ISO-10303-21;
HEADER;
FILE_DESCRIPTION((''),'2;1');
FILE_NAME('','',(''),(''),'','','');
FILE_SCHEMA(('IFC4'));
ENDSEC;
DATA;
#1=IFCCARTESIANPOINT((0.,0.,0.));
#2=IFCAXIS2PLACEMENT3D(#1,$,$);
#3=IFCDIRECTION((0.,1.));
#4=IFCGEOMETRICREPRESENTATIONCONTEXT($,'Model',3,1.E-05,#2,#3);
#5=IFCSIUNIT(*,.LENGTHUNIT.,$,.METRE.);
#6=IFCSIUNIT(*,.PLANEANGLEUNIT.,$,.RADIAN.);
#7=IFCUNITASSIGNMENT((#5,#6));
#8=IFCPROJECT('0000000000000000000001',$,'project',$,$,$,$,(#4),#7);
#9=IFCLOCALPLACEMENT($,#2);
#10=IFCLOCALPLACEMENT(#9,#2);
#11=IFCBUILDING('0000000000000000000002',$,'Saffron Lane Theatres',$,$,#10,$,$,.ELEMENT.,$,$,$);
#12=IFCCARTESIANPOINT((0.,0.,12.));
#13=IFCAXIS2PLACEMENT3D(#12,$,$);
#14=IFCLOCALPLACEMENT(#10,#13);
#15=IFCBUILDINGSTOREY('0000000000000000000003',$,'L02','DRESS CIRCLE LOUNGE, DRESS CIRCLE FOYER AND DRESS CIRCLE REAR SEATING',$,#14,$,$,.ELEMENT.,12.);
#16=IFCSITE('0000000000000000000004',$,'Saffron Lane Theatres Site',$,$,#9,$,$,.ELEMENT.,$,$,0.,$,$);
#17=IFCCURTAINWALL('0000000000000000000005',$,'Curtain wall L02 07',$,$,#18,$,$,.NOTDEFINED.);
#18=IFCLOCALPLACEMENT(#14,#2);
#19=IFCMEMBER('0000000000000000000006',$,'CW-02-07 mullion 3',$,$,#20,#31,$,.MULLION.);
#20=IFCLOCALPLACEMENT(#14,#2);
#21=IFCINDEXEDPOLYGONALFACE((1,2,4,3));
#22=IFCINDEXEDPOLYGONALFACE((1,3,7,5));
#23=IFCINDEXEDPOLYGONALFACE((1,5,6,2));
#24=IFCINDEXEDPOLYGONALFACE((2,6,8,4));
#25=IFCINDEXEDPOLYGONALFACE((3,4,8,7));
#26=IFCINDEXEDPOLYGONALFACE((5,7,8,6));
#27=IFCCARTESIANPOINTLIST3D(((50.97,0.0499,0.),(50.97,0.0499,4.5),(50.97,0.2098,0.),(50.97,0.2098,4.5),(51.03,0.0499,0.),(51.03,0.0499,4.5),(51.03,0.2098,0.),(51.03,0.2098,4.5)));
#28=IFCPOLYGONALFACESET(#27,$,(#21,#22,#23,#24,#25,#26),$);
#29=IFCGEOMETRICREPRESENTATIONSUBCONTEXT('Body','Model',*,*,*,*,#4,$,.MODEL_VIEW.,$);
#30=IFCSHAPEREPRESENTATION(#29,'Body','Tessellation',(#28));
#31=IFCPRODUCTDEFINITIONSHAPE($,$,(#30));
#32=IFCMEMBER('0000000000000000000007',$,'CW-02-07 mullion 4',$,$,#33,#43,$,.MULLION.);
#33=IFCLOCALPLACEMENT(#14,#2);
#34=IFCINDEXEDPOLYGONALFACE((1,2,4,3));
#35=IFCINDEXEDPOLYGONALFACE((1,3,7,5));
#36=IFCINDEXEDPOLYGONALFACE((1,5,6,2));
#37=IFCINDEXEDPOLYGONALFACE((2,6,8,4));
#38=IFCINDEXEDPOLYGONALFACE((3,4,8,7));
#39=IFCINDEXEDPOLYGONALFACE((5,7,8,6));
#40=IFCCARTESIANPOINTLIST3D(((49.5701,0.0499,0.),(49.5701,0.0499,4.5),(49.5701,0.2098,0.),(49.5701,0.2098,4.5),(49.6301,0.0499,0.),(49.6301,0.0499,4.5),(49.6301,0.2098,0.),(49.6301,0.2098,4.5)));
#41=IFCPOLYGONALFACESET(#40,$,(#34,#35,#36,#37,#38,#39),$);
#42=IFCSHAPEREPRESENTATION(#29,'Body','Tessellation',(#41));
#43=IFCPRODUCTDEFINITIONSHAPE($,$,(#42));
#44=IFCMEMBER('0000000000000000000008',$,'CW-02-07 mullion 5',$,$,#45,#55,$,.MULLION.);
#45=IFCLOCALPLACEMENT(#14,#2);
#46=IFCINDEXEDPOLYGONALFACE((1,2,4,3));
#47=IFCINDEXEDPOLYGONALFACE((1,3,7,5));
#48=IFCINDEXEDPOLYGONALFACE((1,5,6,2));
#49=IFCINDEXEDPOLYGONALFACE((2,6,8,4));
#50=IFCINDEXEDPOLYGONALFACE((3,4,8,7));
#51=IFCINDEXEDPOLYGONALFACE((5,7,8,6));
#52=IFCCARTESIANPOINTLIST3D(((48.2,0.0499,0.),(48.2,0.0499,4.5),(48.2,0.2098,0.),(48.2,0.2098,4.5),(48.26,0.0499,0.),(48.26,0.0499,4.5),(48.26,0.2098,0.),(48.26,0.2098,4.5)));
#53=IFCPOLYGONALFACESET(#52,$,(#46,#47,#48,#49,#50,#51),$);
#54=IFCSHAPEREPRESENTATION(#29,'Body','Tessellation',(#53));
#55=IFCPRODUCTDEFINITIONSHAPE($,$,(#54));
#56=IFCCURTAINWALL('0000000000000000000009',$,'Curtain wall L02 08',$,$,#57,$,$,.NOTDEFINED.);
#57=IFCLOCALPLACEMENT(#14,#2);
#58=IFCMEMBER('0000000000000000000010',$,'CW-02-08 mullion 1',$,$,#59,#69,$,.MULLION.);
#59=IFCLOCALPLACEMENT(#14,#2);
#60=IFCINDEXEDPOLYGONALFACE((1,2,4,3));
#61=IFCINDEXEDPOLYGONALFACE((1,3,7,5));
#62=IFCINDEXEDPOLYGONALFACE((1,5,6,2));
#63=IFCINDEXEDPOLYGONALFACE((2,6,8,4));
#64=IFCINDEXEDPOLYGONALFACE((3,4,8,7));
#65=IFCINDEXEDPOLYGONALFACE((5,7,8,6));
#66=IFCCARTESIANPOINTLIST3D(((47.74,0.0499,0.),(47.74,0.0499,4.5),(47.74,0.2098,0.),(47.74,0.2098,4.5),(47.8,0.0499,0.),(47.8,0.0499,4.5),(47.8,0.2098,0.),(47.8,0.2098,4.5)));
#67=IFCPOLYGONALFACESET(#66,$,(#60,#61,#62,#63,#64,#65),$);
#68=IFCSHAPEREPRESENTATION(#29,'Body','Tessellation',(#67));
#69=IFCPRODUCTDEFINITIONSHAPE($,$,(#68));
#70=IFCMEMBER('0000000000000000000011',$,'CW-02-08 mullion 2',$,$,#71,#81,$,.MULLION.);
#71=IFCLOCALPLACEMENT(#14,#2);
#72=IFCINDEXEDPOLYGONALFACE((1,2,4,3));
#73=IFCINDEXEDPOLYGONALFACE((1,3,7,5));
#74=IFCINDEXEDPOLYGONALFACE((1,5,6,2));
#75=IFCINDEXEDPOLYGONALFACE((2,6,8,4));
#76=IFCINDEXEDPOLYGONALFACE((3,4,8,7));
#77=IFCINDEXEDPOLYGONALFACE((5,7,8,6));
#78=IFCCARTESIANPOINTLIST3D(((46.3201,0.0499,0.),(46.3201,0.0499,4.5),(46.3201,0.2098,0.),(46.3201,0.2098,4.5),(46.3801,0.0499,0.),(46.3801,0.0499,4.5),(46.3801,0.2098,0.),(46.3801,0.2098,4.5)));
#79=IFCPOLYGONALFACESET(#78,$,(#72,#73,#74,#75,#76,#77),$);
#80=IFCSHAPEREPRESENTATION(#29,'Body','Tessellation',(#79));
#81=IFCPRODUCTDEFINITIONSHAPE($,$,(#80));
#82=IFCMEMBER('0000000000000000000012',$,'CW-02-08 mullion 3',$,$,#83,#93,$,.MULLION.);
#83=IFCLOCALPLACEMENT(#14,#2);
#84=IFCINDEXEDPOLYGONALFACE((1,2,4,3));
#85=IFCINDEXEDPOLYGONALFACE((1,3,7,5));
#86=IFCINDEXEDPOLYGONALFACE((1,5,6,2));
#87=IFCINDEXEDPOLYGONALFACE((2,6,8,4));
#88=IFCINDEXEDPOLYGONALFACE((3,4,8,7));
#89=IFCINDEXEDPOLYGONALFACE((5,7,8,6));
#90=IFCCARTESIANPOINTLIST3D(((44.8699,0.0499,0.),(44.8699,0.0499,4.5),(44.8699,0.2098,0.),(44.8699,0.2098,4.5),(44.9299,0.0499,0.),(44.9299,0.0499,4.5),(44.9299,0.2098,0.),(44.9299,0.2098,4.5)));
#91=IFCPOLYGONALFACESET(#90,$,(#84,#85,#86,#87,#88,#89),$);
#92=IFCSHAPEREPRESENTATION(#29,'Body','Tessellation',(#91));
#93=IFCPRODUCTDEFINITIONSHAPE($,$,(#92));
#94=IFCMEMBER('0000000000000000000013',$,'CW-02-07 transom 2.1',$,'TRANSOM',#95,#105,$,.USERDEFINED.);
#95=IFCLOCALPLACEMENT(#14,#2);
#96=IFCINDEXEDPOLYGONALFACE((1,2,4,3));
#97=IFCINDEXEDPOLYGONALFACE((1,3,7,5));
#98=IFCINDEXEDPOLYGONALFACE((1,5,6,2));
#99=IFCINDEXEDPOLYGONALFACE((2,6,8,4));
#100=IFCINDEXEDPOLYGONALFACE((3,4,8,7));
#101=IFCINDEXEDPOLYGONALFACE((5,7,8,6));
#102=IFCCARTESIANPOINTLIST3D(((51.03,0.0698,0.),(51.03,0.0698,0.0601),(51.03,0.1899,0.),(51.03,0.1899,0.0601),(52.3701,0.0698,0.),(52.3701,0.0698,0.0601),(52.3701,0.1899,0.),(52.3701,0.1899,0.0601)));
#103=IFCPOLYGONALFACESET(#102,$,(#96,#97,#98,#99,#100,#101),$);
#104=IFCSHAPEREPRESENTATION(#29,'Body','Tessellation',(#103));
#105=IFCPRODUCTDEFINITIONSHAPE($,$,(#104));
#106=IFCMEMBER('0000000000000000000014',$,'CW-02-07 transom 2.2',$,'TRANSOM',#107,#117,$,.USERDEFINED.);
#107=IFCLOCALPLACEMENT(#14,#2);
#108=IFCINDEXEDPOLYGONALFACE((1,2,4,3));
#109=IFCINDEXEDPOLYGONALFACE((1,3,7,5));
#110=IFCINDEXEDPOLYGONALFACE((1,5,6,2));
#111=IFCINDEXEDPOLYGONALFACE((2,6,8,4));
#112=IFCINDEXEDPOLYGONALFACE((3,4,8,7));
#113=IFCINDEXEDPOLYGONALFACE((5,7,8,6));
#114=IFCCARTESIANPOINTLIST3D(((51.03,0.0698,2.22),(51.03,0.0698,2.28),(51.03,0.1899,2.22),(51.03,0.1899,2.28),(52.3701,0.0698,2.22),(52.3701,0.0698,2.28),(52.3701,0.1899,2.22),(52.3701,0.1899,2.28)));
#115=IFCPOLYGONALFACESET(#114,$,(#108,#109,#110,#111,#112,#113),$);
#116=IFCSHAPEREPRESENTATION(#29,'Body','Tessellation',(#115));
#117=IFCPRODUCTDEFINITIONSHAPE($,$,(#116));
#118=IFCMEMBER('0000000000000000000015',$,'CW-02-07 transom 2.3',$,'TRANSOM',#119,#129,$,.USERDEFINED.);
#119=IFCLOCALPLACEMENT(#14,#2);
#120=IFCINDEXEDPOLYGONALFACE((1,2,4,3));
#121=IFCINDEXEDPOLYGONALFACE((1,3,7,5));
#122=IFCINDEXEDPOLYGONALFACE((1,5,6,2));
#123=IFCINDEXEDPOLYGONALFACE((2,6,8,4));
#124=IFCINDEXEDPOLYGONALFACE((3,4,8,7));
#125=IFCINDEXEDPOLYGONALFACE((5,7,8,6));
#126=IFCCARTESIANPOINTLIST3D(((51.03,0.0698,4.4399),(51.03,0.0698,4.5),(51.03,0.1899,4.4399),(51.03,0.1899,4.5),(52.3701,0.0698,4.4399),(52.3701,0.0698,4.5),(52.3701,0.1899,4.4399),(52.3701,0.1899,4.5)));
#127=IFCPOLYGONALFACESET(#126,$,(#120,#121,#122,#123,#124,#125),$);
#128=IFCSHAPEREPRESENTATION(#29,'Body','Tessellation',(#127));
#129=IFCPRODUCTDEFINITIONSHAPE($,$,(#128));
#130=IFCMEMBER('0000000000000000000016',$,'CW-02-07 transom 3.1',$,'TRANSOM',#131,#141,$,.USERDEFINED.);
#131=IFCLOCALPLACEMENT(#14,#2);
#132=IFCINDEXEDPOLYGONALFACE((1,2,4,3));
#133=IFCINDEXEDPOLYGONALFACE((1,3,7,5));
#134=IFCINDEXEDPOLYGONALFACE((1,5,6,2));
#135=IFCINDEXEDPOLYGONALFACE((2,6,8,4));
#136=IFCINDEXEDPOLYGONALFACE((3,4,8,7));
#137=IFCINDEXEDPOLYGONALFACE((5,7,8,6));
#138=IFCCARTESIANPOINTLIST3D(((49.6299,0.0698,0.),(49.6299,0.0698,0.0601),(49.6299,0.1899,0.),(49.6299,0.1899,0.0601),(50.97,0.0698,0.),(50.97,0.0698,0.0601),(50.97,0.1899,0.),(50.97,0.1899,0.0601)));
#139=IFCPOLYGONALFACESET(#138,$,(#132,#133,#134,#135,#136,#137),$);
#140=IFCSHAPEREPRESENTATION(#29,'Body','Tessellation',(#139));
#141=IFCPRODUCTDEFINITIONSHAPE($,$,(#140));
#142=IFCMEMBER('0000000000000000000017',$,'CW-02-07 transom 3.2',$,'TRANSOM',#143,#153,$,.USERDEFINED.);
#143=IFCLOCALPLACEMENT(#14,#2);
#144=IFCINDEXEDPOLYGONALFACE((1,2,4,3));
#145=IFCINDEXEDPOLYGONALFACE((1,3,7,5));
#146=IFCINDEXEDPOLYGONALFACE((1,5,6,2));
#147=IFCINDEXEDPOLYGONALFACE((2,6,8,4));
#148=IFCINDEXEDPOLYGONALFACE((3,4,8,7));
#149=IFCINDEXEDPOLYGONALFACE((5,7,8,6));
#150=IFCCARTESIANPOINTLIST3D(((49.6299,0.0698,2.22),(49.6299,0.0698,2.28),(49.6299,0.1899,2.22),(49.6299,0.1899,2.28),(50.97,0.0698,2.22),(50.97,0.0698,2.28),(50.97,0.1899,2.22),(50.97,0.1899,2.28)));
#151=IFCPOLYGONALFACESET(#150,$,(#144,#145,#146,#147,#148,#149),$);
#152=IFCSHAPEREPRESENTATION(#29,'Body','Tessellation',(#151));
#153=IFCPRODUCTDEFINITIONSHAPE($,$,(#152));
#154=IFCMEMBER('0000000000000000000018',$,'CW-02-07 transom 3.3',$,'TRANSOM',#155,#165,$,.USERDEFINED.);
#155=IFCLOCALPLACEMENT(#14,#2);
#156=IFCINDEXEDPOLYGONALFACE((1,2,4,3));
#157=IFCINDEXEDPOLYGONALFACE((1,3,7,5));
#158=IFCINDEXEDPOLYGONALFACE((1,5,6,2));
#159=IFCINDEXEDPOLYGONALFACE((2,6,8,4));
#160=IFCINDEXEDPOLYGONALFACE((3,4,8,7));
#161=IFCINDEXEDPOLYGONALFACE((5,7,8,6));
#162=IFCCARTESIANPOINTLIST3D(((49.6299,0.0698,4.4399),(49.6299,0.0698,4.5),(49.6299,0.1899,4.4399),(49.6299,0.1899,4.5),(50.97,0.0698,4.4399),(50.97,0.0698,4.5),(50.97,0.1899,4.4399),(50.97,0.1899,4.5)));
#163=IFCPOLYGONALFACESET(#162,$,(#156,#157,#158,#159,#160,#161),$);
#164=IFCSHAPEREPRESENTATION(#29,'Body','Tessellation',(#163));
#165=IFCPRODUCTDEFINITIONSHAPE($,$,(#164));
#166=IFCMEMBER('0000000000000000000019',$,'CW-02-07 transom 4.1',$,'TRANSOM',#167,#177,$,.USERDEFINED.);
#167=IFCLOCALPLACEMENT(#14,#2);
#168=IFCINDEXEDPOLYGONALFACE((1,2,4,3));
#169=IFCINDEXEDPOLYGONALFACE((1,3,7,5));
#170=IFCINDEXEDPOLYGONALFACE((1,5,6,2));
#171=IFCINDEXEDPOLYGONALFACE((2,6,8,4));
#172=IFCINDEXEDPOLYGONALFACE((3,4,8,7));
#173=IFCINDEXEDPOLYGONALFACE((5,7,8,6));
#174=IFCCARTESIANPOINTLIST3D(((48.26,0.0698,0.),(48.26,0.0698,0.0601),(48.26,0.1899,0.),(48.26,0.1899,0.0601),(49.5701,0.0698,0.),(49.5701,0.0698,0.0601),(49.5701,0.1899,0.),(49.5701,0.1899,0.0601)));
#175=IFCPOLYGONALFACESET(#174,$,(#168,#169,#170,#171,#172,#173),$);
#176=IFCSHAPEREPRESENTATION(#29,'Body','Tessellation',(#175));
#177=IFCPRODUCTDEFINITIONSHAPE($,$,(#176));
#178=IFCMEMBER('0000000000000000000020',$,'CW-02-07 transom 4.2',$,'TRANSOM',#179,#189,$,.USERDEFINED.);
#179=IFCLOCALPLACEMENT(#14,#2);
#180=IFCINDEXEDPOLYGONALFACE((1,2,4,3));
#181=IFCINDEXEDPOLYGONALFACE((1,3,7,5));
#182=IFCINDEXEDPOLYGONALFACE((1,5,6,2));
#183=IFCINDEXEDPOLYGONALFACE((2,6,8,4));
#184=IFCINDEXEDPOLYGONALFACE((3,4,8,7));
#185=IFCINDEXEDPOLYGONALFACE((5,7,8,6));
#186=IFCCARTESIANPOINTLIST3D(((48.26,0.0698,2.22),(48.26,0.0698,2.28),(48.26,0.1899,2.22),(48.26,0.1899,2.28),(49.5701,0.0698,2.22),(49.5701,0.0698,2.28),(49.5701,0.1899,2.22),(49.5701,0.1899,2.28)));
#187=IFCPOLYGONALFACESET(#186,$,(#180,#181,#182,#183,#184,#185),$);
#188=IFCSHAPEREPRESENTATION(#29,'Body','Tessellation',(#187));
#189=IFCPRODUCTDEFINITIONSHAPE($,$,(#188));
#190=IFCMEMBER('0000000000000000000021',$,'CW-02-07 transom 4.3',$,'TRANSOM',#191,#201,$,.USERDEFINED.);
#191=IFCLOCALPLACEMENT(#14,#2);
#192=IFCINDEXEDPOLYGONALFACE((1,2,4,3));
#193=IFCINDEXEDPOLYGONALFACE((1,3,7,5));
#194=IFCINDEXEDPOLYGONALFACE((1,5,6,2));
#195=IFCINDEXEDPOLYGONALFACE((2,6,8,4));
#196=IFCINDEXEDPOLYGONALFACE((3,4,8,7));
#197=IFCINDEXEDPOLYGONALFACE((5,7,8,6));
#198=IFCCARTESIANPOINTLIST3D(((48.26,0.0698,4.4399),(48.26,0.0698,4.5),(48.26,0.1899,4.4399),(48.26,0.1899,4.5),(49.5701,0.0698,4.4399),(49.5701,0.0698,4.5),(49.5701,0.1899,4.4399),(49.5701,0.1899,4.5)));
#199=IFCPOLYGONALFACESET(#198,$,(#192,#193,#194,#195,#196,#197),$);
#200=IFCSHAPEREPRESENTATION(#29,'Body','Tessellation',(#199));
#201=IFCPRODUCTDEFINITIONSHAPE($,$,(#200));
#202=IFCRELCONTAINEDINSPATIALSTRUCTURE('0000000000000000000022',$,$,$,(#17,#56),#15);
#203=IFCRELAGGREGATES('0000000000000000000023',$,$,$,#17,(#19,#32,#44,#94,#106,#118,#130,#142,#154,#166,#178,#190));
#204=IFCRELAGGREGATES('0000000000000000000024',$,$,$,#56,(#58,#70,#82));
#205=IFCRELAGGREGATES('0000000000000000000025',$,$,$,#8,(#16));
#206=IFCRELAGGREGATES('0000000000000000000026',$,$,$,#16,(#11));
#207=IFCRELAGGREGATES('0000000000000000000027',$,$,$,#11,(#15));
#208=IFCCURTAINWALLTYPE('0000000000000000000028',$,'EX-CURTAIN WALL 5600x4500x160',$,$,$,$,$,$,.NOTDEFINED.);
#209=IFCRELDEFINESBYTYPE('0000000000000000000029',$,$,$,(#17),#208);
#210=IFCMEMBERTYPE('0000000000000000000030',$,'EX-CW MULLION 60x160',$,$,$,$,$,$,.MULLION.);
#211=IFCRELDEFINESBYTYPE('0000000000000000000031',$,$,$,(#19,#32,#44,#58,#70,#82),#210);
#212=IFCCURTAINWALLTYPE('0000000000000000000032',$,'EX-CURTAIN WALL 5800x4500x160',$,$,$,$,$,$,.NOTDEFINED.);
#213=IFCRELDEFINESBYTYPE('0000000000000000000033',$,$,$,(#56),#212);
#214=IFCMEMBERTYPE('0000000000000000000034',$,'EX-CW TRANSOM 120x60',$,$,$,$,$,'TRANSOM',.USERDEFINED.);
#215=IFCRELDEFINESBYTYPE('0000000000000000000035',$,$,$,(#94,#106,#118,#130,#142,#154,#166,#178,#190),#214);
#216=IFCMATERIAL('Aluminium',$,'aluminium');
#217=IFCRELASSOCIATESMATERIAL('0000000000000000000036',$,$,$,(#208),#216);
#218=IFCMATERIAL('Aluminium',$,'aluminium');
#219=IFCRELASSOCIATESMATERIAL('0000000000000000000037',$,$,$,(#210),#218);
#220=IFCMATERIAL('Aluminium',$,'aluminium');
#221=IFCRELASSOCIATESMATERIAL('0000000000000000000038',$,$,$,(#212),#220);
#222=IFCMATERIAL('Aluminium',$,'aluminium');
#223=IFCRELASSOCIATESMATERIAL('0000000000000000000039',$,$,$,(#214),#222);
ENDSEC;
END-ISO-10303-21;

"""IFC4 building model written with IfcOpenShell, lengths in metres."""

from ifc_helpers import new_model, si_unit, direction, frame, origin, origin_2d, place, context, subcontext, project, spatial, rectangle, extrude, material, material_profile, profile_set, type_object, element, aggregate, save


model = new_model("IFC4")

# Units and contexts
model_context = context("Model", 3, precision=1e-05, world=origin(), true_north=direction((0.0, 1.0)))
body_context = subcontext(model_context, "Body", "Model", "MODEL_VIEW")
ifc_project = project(units=[si_unit("LENGTHUNIT", "METRE"), si_unit("PLANEANGLEUNIT", "RADIAN")], contexts=[model_context])

# Site, building, storey
site_placement = place(None, origin())
site = spatial("IfcSite", under=ifc_project, at=site_placement, Name="Saffron Lane Theatres Site", CompositionType="ELEMENT", RefElevation=0.0)
building_placement = place(site_placement, origin())
building = spatial("IfcBuilding", under=site, at=building_placement, Name="Saffron Lane Theatres", CompositionType="ELEMENT")
storey_placement = place(building_placement, frame((0.0, 0.0, 12.0)))
storey = spatial("IfcBuildingStorey", under=building, at=storey_placement, Name="L02", Description="DRESS CIRCLE LOUNGE, DRESS CIRCLE FOYER AND DRESS CIRCLE REAR SEATING", CompositionType="ELEMENT", Elevation=12.0)

# Curtain walls, members
ifc_material_1 = material(Name="Aluminium", Category="aluminium")
curtain_wall_type_1 = type_object("IfcCurtainWallType", Name="EX-CURTAIN WALL 5600x4500x160", PredefinedType="NOTDEFINED", material=ifc_material_1)
curtain_wall_1_placement = place(storey_placement, origin())
curtain_wall_1 = element("IfcCurtainWall", 1, at=curtain_wall_1_placement, inside=storey, type_object=curtain_wall_type_1, Name="Curtain wall L02 07", PredefinedType="NOTDEFINED")
ifc_material_2 = material(Name="Aluminium", Category="aluminium")
ifc_material_profile_1 = material_profile(ifc_material_2, rectangle(XDim=0.0601, YDim=0.1599, at=origin_2d()))
ifc_profile_set_1 = profile_set([ifc_material_profile_1], Name="Aluminium")
member_type_1 = type_object("IfcMemberType", Name="EX-CW MULLION 60x160", PredefinedType="MULLION", material=ifc_profile_set_1)
member_1_placement = place(storey_placement, frame((51.0, 0.1299, 0.0), z_axis=(0.0, 0.0, 1.0), x_axis=(-1.0, 0.0, 0.0)))
member_1 = element("IfcMember", 2, at=member_1_placement, type_object=member_type_1, Name="CW-02-07 mullion 3", PredefinedType="MULLION", context=body_context, shape_type="SweptSolid", body=[
    extrude(rectangle(XDim=0.0601, YDim=0.1599, at=origin_2d()), origin(), (0.0, 0.0, 1.0), 4.5),
])
member_2_placement = place(storey_placement, frame((49.6001, 0.1299, 0.0), z_axis=(0.0, 0.0, 1.0), x_axis=(-1.0, 0.0, 0.0)))
member_2 = element("IfcMember", 3, at=member_2_placement, type_object=member_type_1, Name="CW-02-07 mullion 4", PredefinedType="MULLION", context=body_context, shape_type="SweptSolid", body=[
    extrude(rectangle(XDim=0.0601, YDim=0.1599, at=origin_2d()), origin(), (0.0, 0.0, 1.0), 4.5),
])
member_3_placement = place(storey_placement, frame((48.23, 0.1299, 0.0), z_axis=(0.0, 0.0, 1.0), x_axis=(-1.0, 0.0, 0.0)))
member_3 = element("IfcMember", 4, at=member_3_placement, type_object=member_type_1, Name="CW-02-07 mullion 5", PredefinedType="MULLION", context=body_context, shape_type="SweptSolid", body=[
    extrude(rectangle(XDim=0.0601, YDim=0.1599, at=origin_2d()), origin(), (0.0, 0.0, 1.0), 4.5),
])
ifc_material_3 = material(Name="Aluminium", Category="aluminium")
curtain_wall_type_2 = type_object("IfcCurtainWallType", Name="EX-CURTAIN WALL 5800x4500x160", PredefinedType="NOTDEFINED", material=ifc_material_3)
curtain_wall_2_placement = place(storey_placement, origin())
curtain_wall_2 = element("IfcCurtainWall", 5, at=curtain_wall_2_placement, inside=storey, type_object=curtain_wall_type_2, Name="Curtain wall L02 08", PredefinedType="NOTDEFINED")
member_4_placement = place(storey_placement, frame((47.77, 0.1299, 0.0), z_axis=(0.0, 0.0, 1.0), x_axis=(-1.0, 0.0, 0.0)))
member_4 = element("IfcMember", 6, at=member_4_placement, type_object=member_type_1, Name="CW-02-08 mullion 1", PredefinedType="MULLION", context=body_context, shape_type="SweptSolid", body=[
    extrude(rectangle(XDim=0.0601, YDim=0.1599, at=origin_2d()), origin(), (0.0, 0.0, 1.0), 4.5),
])
member_5_placement = place(storey_placement, frame((46.3501, 0.1299, 0.0), z_axis=(0.0, 0.0, 1.0), x_axis=(-1.0, 0.0, 0.0)))
member_5 = element("IfcMember", 7, at=member_5_placement, type_object=member_type_1, Name="CW-02-08 mullion 2", PredefinedType="MULLION", context=body_context, shape_type="SweptSolid", body=[
    extrude(rectangle(XDim=0.0601, YDim=0.1599, at=origin_2d()), origin(), (0.0, 0.0, 1.0), 4.5),
])
member_6_placement = place(storey_placement, frame((44.8999, 0.1299, 0.0), z_axis=(0.0, 0.0, 1.0), x_axis=(-1.0, 0.0, 0.0)))
member_6 = element("IfcMember", 8, at=member_6_placement, type_object=member_type_1, Name="CW-02-08 mullion 3", PredefinedType="MULLION", context=body_context, shape_type="SweptSolid", body=[
    extrude(rectangle(XDim=0.0601, YDim=0.1599, at=origin_2d()), origin(), (0.0, 0.0, 1.0), 4.5),
])

# Members
ifc_material_4 = material(Name="Aluminium", Category="aluminium")
ifc_material_profile_2 = material_profile(ifc_material_4, rectangle(XDim=0.1201, YDim=0.0601, at=origin_2d()))
ifc_profile_set_2 = profile_set([ifc_material_profile_2], Name="Aluminium")
member_type_2 = type_object("IfcMemberType", Name="EX-CW TRANSOM 120x60", ElementType="TRANSOM", PredefinedType="USERDEFINED", material=ifc_profile_set_2)
member_7_placement = place(storey_placement, frame((52.3701, 0.1299, 0.03), z_axis=(-1.0, 0.0, 0.0), x_axis=(0.0, -1.0, 0.0)))
member_7 = element("IfcMember", 9, at=member_7_placement, type_object=member_type_2, Name="CW-02-07 transom 2.1", ObjectType="TRANSOM", PredefinedType="USERDEFINED", context=body_context, shape_type="SweptSolid", body=[
    extrude(rectangle(XDim=0.1201, YDim=0.0601, at=origin_2d()), origin(), (0.0, 0.0, 1.0), 1.3401),
])
member_8_placement = place(storey_placement, frame((52.3701, 0.1299, 2.25), z_axis=(-1.0, 0.0, 0.0), x_axis=(0.0, -1.0, 0.0)))
member_8 = element("IfcMember", 10, at=member_8_placement, type_object=member_type_2, Name="CW-02-07 transom 2.2", ObjectType="TRANSOM", PredefinedType="USERDEFINED", context=body_context, shape_type="SweptSolid", body=[
    extrude(rectangle(XDim=0.1201, YDim=0.0601, at=origin_2d()), origin(), (0.0, 0.0, 1.0), 1.3401),
])
member_9_placement = place(storey_placement, frame((52.3701, 0.1299, 4.47), z_axis=(-1.0, 0.0, 0.0), x_axis=(0.0, -1.0, 0.0)))
member_9 = element("IfcMember", 11, at=member_9_placement, type_object=member_type_2, Name="CW-02-07 transom 2.3", ObjectType="TRANSOM", PredefinedType="USERDEFINED", context=body_context, shape_type="SweptSolid", body=[
    extrude(rectangle(XDim=0.1201, YDim=0.0601, at=origin_2d()), origin(), (0.0, 0.0, 1.0), 1.3401),
])
member_10_placement = place(storey_placement, frame((50.97, 0.1299, 0.03), z_axis=(-1.0, 0.0, 0.0), x_axis=(0.0, -1.0, 0.0)))
member_10 = element("IfcMember", 12, at=member_10_placement, type_object=member_type_2, Name="CW-02-07 transom 3.1", ObjectType="TRANSOM", PredefinedType="USERDEFINED", context=body_context, shape_type="SweptSolid", body=[
    extrude(rectangle(XDim=0.1201, YDim=0.0601, at=origin_2d()), origin(), (0.0, 0.0, 1.0), 1.3401),
])
member_11_placement = place(storey_placement, frame((50.97, 0.1299, 2.25), z_axis=(-1.0, 0.0, 0.0), x_axis=(0.0, -1.0, 0.0)))
member_11 = element("IfcMember", 13, at=member_11_placement, type_object=member_type_2, Name="CW-02-07 transom 3.2", ObjectType="TRANSOM", PredefinedType="USERDEFINED", context=body_context, shape_type="SweptSolid", body=[
    extrude(rectangle(XDim=0.1201, YDim=0.0601, at=origin_2d()), origin(), (0.0, 0.0, 1.0), 1.3401),
])
member_12_placement = place(storey_placement, frame((50.97, 0.1299, 4.47), z_axis=(-1.0, 0.0, 0.0), x_axis=(0.0, -1.0, 0.0)))
member_12 = element("IfcMember", 14, at=member_12_placement, type_object=member_type_2, Name="CW-02-07 transom 3.3", ObjectType="TRANSOM", PredefinedType="USERDEFINED", context=body_context, shape_type="SweptSolid", body=[
    extrude(rectangle(XDim=0.1201, YDim=0.0601, at=origin_2d()), origin(), (0.0, 0.0, 1.0), 1.3401),
])
member_13_placement = place(storey_placement, frame((49.5701, 0.1299, 0.03), z_axis=(-1.0, 0.0, 0.0), x_axis=(0.0, -1.0, 0.0)))
member_13 = element("IfcMember", 15, at=member_13_placement, type_object=member_type_2, Name="CW-02-07 transom 4.1", ObjectType="TRANSOM", PredefinedType="USERDEFINED", context=body_context, shape_type="SweptSolid", body=[
    extrude(rectangle(XDim=0.1201, YDim=0.0601, at=origin_2d()), origin(), (0.0, 0.0, 1.0), 1.3101),
])
member_14_placement = place(storey_placement, frame((49.5701, 0.1299, 2.25), z_axis=(-1.0, 0.0, 0.0), x_axis=(0.0, -1.0, 0.0)))
member_14 = element("IfcMember", 16, at=member_14_placement, type_object=member_type_2, Name="CW-02-07 transom 4.2", ObjectType="TRANSOM", PredefinedType="USERDEFINED", context=body_context, shape_type="SweptSolid", body=[
    extrude(rectangle(XDim=0.1201, YDim=0.0601, at=origin_2d()), origin(), (0.0, 0.0, 1.0), 1.3101),
])
member_15_placement = place(storey_placement, frame((49.5701, 0.1299, 4.47), z_axis=(-1.0, 0.0, 0.0), x_axis=(0.0, -1.0, 0.0)))
member_15 = element("IfcMember", 17, at=member_15_placement, type_object=member_type_2, Name="CW-02-07 transom 4.3", ObjectType="TRANSOM", PredefinedType="USERDEFINED", context=body_context, shape_type="SweptSolid", body=[
    extrude(rectangle(XDim=0.1201, YDim=0.0601, at=origin_2d()), origin(), (0.0, 0.0, 1.0), 1.3101),
])

aggregate(curtain_wall_1, [member_1, member_2, member_3, member_7, member_8, member_9, member_10, member_11, member_12, member_13, member_14, member_15])
aggregate(curtain_wall_2, [member_4, member_5, member_6])

save(model, "model.ifc")
